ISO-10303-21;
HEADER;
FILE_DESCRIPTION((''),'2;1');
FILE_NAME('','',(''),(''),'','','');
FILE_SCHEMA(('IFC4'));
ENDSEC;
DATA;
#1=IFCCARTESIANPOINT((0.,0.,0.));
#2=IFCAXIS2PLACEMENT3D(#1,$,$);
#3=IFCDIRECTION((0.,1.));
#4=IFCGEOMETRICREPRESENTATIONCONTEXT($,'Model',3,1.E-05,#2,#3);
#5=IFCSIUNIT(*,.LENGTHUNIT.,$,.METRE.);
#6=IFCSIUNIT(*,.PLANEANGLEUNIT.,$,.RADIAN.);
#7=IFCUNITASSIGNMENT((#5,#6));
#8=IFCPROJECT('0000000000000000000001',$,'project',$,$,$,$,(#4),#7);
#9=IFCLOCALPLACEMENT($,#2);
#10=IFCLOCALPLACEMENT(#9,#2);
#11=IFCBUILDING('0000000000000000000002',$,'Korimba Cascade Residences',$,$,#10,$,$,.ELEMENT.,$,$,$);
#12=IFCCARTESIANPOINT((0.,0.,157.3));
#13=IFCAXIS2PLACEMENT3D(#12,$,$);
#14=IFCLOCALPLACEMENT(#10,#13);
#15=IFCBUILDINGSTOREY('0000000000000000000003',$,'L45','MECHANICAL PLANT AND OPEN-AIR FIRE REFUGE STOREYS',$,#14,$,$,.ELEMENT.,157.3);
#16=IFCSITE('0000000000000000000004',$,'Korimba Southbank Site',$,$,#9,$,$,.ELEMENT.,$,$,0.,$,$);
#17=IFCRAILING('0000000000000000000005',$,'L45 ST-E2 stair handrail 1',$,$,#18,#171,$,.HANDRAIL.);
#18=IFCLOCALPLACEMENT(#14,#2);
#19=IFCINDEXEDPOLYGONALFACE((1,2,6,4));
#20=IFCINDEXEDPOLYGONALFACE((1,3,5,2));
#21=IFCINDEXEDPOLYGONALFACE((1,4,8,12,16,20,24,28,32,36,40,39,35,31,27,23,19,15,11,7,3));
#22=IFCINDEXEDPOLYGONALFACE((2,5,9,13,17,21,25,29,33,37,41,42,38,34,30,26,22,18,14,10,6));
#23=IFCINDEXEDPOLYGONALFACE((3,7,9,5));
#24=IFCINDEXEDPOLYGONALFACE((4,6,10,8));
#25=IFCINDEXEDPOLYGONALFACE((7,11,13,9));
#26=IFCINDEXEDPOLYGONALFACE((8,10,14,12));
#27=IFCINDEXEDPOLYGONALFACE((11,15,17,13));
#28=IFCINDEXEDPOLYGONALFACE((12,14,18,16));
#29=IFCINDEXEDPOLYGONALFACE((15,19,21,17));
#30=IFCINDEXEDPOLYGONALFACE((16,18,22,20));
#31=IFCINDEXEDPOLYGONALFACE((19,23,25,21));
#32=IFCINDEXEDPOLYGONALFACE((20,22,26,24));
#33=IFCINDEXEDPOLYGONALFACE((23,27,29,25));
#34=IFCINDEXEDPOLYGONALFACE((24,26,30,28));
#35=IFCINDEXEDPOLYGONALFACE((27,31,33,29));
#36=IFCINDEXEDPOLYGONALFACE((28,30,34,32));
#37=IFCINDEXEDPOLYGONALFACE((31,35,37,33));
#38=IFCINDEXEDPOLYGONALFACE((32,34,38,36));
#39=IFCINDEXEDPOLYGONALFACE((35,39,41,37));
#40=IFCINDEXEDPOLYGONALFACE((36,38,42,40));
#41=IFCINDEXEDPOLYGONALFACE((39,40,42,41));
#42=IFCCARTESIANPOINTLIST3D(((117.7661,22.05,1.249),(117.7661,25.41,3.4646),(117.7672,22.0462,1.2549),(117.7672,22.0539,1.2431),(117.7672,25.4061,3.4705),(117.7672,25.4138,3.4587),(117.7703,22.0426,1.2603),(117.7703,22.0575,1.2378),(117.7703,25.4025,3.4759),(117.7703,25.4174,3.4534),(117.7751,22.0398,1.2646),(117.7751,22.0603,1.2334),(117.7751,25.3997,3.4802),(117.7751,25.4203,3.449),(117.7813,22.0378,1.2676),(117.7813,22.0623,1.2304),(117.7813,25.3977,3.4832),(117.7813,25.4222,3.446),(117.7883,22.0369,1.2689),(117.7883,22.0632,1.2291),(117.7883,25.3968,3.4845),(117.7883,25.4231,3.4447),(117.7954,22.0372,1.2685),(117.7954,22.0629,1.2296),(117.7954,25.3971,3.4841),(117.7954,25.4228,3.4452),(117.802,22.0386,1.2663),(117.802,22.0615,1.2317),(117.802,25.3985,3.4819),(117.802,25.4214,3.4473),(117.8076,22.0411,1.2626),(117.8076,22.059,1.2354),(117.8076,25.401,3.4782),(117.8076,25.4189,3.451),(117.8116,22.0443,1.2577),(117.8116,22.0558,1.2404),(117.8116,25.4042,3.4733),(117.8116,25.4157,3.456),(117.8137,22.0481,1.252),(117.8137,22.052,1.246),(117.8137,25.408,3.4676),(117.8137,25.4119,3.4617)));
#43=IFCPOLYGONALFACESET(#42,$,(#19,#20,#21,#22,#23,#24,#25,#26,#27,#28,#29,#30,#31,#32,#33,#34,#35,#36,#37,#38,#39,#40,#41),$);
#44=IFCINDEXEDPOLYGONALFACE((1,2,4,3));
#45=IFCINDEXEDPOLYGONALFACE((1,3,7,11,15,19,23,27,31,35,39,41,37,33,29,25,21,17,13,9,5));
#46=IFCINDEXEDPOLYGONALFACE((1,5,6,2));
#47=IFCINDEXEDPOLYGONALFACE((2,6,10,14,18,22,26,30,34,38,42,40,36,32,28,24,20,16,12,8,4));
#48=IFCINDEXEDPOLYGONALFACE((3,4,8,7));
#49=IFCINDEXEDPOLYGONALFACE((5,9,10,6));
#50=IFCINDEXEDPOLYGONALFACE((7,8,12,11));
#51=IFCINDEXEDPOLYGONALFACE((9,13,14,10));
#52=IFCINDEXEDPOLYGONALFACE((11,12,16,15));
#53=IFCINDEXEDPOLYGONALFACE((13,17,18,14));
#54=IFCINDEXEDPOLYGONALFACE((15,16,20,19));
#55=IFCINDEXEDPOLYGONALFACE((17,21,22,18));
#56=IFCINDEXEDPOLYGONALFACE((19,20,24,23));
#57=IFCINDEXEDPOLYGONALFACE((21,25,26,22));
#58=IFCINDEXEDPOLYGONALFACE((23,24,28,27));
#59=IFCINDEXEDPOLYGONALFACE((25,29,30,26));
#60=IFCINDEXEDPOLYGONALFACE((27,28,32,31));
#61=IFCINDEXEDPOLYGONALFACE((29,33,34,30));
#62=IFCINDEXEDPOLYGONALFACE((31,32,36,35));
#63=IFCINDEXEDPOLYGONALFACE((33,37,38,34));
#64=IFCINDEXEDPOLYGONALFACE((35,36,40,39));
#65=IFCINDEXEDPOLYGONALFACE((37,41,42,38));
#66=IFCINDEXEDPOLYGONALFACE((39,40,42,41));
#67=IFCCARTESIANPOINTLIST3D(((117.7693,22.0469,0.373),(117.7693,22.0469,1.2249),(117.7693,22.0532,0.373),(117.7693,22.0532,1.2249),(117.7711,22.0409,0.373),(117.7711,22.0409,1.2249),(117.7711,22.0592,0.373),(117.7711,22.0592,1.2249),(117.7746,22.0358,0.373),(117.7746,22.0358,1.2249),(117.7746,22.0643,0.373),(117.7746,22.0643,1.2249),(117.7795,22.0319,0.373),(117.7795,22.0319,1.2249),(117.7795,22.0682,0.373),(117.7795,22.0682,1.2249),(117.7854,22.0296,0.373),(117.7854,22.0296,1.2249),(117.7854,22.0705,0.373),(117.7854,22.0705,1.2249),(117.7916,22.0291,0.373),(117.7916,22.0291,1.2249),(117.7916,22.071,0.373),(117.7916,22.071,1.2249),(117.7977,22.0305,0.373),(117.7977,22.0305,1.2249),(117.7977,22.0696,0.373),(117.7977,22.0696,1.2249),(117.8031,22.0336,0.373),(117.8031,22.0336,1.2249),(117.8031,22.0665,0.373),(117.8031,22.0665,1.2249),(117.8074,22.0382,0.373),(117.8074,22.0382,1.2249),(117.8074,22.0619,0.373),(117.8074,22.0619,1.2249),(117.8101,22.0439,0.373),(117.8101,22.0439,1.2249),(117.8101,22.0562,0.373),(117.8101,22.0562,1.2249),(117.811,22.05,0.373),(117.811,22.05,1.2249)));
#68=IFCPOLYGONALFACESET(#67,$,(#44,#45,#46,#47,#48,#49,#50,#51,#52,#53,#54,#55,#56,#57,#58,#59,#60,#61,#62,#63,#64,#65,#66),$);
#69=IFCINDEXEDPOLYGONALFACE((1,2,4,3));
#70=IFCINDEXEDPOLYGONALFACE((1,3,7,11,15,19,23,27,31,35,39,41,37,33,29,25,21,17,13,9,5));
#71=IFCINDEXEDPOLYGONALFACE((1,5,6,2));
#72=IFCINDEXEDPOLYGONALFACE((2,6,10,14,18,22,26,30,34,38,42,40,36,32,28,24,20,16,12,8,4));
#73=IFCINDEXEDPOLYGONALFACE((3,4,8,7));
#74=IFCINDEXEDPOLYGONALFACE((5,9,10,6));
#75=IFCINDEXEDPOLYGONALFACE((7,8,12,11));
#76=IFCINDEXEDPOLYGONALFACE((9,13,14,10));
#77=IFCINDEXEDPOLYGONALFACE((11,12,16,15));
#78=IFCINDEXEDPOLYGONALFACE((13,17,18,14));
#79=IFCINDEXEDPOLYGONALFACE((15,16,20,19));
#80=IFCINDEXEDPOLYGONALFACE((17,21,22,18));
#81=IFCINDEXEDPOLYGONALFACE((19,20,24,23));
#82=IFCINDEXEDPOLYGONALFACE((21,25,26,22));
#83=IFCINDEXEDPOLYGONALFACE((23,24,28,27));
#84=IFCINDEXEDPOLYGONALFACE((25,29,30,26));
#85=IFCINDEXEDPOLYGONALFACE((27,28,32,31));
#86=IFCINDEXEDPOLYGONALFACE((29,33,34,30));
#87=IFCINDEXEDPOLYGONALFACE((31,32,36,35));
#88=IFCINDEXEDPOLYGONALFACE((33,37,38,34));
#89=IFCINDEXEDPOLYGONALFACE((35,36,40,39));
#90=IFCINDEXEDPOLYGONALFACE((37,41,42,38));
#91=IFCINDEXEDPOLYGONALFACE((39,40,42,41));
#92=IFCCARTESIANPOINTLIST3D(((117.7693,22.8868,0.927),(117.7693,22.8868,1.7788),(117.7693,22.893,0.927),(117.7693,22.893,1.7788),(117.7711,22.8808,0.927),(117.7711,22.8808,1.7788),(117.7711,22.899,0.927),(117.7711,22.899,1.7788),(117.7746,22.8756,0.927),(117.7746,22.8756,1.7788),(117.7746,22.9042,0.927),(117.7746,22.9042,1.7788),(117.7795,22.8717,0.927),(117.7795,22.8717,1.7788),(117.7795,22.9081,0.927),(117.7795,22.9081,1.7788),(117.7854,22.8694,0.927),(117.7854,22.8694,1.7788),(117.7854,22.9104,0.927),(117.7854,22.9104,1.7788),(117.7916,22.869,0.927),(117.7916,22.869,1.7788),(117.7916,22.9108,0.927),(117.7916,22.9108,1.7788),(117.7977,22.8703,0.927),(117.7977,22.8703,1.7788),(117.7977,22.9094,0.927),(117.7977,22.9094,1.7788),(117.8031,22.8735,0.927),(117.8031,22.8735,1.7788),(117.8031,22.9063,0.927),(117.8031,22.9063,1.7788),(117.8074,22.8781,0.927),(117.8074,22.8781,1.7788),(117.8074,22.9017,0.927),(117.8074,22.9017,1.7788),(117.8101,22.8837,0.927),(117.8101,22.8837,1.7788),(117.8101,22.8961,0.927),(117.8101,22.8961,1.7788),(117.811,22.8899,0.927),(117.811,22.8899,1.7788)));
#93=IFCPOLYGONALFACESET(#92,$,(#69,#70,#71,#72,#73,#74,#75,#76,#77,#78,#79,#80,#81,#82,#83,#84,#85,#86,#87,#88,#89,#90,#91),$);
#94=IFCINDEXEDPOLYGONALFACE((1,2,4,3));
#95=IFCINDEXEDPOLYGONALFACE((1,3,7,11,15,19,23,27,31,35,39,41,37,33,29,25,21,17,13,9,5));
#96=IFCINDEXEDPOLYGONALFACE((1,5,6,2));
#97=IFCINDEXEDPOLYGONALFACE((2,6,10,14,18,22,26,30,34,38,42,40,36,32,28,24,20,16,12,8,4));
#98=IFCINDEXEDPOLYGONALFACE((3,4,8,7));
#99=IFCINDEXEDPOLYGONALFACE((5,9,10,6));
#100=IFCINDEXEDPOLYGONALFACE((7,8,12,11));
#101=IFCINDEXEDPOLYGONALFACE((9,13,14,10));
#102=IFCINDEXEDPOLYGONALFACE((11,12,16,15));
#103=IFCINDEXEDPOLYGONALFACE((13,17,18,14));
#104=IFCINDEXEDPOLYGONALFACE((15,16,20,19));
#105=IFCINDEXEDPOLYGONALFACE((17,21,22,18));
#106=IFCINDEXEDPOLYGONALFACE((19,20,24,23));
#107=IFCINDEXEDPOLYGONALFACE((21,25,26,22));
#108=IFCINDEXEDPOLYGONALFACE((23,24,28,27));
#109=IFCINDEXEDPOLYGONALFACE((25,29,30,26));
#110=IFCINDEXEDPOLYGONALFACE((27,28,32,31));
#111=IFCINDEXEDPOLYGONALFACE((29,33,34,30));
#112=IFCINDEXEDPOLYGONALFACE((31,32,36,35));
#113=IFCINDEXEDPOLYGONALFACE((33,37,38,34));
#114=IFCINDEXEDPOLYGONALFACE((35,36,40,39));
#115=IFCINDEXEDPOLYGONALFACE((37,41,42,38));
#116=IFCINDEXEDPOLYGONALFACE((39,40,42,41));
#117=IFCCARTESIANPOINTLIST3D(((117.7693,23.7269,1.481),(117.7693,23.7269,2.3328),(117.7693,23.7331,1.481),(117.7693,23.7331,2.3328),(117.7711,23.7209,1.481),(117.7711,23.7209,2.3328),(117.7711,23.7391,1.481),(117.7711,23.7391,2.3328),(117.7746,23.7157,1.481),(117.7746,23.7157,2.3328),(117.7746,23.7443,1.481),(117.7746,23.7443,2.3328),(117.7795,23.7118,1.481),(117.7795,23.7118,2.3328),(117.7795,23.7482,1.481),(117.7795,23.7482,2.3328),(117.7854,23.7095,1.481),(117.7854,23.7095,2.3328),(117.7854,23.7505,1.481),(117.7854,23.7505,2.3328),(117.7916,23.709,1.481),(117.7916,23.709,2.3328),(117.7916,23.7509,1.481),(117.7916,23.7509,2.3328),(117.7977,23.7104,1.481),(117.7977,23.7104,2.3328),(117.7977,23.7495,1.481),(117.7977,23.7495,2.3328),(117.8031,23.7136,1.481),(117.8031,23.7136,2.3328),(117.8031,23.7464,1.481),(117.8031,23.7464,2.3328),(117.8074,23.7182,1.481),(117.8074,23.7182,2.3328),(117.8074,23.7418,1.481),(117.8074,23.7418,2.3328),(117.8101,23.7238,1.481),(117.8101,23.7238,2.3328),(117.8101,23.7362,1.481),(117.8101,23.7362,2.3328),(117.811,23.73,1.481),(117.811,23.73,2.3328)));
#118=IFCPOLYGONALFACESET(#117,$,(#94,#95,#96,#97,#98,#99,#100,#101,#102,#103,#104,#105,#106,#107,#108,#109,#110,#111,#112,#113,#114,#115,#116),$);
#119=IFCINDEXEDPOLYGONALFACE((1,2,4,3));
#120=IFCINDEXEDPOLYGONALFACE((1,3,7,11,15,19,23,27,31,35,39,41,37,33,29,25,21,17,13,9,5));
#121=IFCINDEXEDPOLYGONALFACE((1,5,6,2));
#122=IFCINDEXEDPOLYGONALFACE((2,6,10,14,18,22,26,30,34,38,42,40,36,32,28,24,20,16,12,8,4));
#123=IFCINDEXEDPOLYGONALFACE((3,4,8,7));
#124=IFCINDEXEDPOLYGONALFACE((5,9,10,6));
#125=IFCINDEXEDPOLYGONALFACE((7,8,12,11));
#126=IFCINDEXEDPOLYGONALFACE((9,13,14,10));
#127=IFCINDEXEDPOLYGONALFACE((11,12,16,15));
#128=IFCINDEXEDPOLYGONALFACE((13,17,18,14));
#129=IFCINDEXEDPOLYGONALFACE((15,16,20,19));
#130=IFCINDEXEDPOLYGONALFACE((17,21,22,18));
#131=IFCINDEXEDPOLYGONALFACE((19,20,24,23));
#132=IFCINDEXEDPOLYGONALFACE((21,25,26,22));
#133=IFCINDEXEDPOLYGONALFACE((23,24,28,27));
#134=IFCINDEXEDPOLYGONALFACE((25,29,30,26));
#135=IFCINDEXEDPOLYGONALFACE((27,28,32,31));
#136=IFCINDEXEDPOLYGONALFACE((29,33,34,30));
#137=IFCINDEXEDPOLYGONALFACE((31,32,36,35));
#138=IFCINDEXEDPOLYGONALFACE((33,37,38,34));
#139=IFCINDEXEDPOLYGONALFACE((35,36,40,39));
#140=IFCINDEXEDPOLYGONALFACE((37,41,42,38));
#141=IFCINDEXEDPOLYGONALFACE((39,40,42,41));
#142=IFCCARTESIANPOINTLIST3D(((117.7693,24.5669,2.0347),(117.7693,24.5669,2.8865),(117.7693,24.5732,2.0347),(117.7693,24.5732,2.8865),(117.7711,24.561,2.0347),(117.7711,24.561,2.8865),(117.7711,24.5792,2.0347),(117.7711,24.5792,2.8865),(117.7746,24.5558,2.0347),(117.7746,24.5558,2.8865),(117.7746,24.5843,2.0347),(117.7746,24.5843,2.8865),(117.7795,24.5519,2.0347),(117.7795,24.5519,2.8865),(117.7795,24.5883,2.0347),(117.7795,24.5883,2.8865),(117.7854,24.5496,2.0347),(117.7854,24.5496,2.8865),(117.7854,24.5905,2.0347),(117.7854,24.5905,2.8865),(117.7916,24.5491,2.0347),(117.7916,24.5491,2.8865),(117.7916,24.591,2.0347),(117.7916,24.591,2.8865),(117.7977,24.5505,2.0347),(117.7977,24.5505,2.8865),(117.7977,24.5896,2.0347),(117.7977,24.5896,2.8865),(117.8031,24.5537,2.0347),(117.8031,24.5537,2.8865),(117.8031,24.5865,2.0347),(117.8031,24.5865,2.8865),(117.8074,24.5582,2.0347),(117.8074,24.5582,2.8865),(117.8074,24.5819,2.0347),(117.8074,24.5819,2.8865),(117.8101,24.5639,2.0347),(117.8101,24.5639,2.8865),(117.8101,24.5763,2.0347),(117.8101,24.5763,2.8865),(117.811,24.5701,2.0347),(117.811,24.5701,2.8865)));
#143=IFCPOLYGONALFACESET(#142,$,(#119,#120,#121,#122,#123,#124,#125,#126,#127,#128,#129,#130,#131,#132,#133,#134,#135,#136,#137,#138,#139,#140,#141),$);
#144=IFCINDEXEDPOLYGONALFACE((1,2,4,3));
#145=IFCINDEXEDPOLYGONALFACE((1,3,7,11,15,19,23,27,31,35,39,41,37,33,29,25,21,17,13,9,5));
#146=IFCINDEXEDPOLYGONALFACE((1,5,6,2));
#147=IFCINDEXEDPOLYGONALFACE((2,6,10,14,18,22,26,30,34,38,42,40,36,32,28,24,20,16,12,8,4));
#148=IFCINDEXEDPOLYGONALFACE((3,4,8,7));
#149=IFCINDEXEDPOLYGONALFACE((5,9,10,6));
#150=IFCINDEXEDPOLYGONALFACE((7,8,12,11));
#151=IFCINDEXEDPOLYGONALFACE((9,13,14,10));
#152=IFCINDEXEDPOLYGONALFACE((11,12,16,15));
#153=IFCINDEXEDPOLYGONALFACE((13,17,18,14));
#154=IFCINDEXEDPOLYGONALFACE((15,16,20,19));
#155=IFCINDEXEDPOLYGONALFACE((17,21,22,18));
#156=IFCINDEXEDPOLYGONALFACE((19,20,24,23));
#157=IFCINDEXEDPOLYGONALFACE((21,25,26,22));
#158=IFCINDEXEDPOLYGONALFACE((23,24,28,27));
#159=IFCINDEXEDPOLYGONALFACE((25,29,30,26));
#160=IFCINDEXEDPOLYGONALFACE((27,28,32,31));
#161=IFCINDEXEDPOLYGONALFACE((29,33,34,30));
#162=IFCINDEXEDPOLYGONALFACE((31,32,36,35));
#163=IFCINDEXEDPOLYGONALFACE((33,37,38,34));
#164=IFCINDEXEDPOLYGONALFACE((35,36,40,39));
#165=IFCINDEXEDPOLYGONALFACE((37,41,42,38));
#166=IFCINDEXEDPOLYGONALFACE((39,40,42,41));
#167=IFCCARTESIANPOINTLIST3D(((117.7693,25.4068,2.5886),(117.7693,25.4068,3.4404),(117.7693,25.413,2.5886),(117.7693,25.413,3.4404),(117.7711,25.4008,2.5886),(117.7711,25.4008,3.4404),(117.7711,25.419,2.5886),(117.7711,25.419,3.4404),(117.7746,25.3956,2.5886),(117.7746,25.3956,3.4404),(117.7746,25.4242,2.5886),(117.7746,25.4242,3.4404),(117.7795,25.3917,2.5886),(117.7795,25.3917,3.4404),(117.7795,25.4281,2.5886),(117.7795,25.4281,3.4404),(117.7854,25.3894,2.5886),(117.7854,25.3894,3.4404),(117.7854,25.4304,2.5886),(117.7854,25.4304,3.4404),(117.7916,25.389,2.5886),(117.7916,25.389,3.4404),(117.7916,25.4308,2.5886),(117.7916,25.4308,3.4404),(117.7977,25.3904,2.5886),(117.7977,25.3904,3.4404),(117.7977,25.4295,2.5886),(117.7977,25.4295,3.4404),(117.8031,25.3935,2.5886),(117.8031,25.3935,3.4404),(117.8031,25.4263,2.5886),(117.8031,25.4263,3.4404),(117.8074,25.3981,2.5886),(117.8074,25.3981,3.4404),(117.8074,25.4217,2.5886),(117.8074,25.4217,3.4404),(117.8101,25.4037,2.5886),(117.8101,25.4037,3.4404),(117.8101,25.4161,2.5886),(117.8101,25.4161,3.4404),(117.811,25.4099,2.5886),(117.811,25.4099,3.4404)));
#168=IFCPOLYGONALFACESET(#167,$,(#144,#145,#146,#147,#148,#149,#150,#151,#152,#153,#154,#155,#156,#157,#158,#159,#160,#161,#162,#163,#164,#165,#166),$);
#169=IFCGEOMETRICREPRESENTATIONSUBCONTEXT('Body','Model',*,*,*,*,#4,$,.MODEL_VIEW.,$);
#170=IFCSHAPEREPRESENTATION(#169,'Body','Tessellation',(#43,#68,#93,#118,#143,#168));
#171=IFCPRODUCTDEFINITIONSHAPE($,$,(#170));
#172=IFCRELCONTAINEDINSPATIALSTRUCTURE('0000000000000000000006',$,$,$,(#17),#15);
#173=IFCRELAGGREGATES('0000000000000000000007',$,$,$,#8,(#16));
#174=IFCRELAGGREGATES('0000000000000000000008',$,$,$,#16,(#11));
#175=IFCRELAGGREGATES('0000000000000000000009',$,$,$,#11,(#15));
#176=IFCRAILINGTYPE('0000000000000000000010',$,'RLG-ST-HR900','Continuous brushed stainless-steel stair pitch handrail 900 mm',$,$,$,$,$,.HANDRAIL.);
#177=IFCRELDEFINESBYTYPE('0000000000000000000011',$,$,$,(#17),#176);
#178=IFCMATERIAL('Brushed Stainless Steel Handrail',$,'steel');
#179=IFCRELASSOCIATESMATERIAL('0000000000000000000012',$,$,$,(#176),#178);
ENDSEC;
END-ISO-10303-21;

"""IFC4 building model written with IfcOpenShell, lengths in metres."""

from ifc_helpers import new_model, si_unit, direction, frame, origin, origin_2d, place, context, subcontext, project, spatial, circle, extrude, material, type_object, element, save


model = new_model("IFC4")

# Units and contexts
model_context = context("Model", 3, precision=1e-05, world=origin(), true_north=direction((0.0, 1.0)))
body_context = subcontext(model_context, "Body", "Model", "MODEL_VIEW")
ifc_project = project(units=[si_unit("LENGTHUNIT", "METRE"), si_unit("PLANEANGLEUNIT", "RADIAN")], contexts=[model_context])

# Site, building, storey
site_placement = place(None, origin())
site = spatial("IfcSite", under=ifc_project, at=site_placement, Name="Korimba Southbank Site", CompositionType="ELEMENT", RefElevation=0.0)
building_placement = place(site_placement, origin())
building = spatial("IfcBuilding", under=site, at=building_placement, Name="Korimba Cascade Residences", CompositionType="ELEMENT")
storey_placement = place(building_placement, frame((0.0, 0.0, 157.3)))
storey = spatial("IfcBuildingStorey", under=building, at=storey_placement, Name="L45", Description="MECHANICAL PLANT AND OPEN-AIR FIRE REFUGE STOREYS", CompositionType="ELEMENT", Elevation=157.3)

# Railing
ifc_material_1 = material(Name="Brushed Stainless Steel Handrail", Category="steel")
railing_type_1 = type_object("IfcRailingType", Name="RLG-ST-HR900", Description="Continuous brushed stainless-steel stair pitch handrail 900 mm", PredefinedType="HANDRAIL", material=ifc_material_1)
railing_1_placement = place(storey_placement, frame((117.79, 22.05, 0.373)))
element("IfcRailing", 1, at=railing_1_placement, inside=storey, type_object=railing_type_1, Name="L45 ST-E2 stair handrail 1", PredefinedType="HANDRAIL", context=body_context, shape_type="SweptSolid", body=[
    extrude(circle(Radius=0.0239, at=origin_2d()), frame((0.0, 0.0, 0.876), z_axis=(0.0, 0.83483, 0.550508), x_axis=(-1.0, 0.0, 0.0)), (0.0, 0.0, 1.0), 4.0247),
    extrude(circle(Radius=0.021, at=origin_2d()), origin(), (0.0, 0.0, 1.0), 0.8518),
    extrude(circle(Radius=0.021, at=origin_2d()), frame((0.0, 0.8398, 0.554)), (0.0, 0.0, 1.0), 0.8518),
    extrude(circle(Radius=0.021, at=origin_2d()), frame((0.0, 1.6799, 1.1079)), (0.0, 0.0, 1.0), 0.8518),
    extrude(circle(Radius=0.021, at=origin_2d()), frame((0.0, 2.52, 1.6616)), (0.0, 0.0, 1.0), 0.8518),
    extrude(circle(Radius=0.021, at=origin_2d()), frame((0.0, 3.3599, 2.2156)), (0.0, 0.0, 1.0), 0.8518),
])

save(model, "model.ifc")
